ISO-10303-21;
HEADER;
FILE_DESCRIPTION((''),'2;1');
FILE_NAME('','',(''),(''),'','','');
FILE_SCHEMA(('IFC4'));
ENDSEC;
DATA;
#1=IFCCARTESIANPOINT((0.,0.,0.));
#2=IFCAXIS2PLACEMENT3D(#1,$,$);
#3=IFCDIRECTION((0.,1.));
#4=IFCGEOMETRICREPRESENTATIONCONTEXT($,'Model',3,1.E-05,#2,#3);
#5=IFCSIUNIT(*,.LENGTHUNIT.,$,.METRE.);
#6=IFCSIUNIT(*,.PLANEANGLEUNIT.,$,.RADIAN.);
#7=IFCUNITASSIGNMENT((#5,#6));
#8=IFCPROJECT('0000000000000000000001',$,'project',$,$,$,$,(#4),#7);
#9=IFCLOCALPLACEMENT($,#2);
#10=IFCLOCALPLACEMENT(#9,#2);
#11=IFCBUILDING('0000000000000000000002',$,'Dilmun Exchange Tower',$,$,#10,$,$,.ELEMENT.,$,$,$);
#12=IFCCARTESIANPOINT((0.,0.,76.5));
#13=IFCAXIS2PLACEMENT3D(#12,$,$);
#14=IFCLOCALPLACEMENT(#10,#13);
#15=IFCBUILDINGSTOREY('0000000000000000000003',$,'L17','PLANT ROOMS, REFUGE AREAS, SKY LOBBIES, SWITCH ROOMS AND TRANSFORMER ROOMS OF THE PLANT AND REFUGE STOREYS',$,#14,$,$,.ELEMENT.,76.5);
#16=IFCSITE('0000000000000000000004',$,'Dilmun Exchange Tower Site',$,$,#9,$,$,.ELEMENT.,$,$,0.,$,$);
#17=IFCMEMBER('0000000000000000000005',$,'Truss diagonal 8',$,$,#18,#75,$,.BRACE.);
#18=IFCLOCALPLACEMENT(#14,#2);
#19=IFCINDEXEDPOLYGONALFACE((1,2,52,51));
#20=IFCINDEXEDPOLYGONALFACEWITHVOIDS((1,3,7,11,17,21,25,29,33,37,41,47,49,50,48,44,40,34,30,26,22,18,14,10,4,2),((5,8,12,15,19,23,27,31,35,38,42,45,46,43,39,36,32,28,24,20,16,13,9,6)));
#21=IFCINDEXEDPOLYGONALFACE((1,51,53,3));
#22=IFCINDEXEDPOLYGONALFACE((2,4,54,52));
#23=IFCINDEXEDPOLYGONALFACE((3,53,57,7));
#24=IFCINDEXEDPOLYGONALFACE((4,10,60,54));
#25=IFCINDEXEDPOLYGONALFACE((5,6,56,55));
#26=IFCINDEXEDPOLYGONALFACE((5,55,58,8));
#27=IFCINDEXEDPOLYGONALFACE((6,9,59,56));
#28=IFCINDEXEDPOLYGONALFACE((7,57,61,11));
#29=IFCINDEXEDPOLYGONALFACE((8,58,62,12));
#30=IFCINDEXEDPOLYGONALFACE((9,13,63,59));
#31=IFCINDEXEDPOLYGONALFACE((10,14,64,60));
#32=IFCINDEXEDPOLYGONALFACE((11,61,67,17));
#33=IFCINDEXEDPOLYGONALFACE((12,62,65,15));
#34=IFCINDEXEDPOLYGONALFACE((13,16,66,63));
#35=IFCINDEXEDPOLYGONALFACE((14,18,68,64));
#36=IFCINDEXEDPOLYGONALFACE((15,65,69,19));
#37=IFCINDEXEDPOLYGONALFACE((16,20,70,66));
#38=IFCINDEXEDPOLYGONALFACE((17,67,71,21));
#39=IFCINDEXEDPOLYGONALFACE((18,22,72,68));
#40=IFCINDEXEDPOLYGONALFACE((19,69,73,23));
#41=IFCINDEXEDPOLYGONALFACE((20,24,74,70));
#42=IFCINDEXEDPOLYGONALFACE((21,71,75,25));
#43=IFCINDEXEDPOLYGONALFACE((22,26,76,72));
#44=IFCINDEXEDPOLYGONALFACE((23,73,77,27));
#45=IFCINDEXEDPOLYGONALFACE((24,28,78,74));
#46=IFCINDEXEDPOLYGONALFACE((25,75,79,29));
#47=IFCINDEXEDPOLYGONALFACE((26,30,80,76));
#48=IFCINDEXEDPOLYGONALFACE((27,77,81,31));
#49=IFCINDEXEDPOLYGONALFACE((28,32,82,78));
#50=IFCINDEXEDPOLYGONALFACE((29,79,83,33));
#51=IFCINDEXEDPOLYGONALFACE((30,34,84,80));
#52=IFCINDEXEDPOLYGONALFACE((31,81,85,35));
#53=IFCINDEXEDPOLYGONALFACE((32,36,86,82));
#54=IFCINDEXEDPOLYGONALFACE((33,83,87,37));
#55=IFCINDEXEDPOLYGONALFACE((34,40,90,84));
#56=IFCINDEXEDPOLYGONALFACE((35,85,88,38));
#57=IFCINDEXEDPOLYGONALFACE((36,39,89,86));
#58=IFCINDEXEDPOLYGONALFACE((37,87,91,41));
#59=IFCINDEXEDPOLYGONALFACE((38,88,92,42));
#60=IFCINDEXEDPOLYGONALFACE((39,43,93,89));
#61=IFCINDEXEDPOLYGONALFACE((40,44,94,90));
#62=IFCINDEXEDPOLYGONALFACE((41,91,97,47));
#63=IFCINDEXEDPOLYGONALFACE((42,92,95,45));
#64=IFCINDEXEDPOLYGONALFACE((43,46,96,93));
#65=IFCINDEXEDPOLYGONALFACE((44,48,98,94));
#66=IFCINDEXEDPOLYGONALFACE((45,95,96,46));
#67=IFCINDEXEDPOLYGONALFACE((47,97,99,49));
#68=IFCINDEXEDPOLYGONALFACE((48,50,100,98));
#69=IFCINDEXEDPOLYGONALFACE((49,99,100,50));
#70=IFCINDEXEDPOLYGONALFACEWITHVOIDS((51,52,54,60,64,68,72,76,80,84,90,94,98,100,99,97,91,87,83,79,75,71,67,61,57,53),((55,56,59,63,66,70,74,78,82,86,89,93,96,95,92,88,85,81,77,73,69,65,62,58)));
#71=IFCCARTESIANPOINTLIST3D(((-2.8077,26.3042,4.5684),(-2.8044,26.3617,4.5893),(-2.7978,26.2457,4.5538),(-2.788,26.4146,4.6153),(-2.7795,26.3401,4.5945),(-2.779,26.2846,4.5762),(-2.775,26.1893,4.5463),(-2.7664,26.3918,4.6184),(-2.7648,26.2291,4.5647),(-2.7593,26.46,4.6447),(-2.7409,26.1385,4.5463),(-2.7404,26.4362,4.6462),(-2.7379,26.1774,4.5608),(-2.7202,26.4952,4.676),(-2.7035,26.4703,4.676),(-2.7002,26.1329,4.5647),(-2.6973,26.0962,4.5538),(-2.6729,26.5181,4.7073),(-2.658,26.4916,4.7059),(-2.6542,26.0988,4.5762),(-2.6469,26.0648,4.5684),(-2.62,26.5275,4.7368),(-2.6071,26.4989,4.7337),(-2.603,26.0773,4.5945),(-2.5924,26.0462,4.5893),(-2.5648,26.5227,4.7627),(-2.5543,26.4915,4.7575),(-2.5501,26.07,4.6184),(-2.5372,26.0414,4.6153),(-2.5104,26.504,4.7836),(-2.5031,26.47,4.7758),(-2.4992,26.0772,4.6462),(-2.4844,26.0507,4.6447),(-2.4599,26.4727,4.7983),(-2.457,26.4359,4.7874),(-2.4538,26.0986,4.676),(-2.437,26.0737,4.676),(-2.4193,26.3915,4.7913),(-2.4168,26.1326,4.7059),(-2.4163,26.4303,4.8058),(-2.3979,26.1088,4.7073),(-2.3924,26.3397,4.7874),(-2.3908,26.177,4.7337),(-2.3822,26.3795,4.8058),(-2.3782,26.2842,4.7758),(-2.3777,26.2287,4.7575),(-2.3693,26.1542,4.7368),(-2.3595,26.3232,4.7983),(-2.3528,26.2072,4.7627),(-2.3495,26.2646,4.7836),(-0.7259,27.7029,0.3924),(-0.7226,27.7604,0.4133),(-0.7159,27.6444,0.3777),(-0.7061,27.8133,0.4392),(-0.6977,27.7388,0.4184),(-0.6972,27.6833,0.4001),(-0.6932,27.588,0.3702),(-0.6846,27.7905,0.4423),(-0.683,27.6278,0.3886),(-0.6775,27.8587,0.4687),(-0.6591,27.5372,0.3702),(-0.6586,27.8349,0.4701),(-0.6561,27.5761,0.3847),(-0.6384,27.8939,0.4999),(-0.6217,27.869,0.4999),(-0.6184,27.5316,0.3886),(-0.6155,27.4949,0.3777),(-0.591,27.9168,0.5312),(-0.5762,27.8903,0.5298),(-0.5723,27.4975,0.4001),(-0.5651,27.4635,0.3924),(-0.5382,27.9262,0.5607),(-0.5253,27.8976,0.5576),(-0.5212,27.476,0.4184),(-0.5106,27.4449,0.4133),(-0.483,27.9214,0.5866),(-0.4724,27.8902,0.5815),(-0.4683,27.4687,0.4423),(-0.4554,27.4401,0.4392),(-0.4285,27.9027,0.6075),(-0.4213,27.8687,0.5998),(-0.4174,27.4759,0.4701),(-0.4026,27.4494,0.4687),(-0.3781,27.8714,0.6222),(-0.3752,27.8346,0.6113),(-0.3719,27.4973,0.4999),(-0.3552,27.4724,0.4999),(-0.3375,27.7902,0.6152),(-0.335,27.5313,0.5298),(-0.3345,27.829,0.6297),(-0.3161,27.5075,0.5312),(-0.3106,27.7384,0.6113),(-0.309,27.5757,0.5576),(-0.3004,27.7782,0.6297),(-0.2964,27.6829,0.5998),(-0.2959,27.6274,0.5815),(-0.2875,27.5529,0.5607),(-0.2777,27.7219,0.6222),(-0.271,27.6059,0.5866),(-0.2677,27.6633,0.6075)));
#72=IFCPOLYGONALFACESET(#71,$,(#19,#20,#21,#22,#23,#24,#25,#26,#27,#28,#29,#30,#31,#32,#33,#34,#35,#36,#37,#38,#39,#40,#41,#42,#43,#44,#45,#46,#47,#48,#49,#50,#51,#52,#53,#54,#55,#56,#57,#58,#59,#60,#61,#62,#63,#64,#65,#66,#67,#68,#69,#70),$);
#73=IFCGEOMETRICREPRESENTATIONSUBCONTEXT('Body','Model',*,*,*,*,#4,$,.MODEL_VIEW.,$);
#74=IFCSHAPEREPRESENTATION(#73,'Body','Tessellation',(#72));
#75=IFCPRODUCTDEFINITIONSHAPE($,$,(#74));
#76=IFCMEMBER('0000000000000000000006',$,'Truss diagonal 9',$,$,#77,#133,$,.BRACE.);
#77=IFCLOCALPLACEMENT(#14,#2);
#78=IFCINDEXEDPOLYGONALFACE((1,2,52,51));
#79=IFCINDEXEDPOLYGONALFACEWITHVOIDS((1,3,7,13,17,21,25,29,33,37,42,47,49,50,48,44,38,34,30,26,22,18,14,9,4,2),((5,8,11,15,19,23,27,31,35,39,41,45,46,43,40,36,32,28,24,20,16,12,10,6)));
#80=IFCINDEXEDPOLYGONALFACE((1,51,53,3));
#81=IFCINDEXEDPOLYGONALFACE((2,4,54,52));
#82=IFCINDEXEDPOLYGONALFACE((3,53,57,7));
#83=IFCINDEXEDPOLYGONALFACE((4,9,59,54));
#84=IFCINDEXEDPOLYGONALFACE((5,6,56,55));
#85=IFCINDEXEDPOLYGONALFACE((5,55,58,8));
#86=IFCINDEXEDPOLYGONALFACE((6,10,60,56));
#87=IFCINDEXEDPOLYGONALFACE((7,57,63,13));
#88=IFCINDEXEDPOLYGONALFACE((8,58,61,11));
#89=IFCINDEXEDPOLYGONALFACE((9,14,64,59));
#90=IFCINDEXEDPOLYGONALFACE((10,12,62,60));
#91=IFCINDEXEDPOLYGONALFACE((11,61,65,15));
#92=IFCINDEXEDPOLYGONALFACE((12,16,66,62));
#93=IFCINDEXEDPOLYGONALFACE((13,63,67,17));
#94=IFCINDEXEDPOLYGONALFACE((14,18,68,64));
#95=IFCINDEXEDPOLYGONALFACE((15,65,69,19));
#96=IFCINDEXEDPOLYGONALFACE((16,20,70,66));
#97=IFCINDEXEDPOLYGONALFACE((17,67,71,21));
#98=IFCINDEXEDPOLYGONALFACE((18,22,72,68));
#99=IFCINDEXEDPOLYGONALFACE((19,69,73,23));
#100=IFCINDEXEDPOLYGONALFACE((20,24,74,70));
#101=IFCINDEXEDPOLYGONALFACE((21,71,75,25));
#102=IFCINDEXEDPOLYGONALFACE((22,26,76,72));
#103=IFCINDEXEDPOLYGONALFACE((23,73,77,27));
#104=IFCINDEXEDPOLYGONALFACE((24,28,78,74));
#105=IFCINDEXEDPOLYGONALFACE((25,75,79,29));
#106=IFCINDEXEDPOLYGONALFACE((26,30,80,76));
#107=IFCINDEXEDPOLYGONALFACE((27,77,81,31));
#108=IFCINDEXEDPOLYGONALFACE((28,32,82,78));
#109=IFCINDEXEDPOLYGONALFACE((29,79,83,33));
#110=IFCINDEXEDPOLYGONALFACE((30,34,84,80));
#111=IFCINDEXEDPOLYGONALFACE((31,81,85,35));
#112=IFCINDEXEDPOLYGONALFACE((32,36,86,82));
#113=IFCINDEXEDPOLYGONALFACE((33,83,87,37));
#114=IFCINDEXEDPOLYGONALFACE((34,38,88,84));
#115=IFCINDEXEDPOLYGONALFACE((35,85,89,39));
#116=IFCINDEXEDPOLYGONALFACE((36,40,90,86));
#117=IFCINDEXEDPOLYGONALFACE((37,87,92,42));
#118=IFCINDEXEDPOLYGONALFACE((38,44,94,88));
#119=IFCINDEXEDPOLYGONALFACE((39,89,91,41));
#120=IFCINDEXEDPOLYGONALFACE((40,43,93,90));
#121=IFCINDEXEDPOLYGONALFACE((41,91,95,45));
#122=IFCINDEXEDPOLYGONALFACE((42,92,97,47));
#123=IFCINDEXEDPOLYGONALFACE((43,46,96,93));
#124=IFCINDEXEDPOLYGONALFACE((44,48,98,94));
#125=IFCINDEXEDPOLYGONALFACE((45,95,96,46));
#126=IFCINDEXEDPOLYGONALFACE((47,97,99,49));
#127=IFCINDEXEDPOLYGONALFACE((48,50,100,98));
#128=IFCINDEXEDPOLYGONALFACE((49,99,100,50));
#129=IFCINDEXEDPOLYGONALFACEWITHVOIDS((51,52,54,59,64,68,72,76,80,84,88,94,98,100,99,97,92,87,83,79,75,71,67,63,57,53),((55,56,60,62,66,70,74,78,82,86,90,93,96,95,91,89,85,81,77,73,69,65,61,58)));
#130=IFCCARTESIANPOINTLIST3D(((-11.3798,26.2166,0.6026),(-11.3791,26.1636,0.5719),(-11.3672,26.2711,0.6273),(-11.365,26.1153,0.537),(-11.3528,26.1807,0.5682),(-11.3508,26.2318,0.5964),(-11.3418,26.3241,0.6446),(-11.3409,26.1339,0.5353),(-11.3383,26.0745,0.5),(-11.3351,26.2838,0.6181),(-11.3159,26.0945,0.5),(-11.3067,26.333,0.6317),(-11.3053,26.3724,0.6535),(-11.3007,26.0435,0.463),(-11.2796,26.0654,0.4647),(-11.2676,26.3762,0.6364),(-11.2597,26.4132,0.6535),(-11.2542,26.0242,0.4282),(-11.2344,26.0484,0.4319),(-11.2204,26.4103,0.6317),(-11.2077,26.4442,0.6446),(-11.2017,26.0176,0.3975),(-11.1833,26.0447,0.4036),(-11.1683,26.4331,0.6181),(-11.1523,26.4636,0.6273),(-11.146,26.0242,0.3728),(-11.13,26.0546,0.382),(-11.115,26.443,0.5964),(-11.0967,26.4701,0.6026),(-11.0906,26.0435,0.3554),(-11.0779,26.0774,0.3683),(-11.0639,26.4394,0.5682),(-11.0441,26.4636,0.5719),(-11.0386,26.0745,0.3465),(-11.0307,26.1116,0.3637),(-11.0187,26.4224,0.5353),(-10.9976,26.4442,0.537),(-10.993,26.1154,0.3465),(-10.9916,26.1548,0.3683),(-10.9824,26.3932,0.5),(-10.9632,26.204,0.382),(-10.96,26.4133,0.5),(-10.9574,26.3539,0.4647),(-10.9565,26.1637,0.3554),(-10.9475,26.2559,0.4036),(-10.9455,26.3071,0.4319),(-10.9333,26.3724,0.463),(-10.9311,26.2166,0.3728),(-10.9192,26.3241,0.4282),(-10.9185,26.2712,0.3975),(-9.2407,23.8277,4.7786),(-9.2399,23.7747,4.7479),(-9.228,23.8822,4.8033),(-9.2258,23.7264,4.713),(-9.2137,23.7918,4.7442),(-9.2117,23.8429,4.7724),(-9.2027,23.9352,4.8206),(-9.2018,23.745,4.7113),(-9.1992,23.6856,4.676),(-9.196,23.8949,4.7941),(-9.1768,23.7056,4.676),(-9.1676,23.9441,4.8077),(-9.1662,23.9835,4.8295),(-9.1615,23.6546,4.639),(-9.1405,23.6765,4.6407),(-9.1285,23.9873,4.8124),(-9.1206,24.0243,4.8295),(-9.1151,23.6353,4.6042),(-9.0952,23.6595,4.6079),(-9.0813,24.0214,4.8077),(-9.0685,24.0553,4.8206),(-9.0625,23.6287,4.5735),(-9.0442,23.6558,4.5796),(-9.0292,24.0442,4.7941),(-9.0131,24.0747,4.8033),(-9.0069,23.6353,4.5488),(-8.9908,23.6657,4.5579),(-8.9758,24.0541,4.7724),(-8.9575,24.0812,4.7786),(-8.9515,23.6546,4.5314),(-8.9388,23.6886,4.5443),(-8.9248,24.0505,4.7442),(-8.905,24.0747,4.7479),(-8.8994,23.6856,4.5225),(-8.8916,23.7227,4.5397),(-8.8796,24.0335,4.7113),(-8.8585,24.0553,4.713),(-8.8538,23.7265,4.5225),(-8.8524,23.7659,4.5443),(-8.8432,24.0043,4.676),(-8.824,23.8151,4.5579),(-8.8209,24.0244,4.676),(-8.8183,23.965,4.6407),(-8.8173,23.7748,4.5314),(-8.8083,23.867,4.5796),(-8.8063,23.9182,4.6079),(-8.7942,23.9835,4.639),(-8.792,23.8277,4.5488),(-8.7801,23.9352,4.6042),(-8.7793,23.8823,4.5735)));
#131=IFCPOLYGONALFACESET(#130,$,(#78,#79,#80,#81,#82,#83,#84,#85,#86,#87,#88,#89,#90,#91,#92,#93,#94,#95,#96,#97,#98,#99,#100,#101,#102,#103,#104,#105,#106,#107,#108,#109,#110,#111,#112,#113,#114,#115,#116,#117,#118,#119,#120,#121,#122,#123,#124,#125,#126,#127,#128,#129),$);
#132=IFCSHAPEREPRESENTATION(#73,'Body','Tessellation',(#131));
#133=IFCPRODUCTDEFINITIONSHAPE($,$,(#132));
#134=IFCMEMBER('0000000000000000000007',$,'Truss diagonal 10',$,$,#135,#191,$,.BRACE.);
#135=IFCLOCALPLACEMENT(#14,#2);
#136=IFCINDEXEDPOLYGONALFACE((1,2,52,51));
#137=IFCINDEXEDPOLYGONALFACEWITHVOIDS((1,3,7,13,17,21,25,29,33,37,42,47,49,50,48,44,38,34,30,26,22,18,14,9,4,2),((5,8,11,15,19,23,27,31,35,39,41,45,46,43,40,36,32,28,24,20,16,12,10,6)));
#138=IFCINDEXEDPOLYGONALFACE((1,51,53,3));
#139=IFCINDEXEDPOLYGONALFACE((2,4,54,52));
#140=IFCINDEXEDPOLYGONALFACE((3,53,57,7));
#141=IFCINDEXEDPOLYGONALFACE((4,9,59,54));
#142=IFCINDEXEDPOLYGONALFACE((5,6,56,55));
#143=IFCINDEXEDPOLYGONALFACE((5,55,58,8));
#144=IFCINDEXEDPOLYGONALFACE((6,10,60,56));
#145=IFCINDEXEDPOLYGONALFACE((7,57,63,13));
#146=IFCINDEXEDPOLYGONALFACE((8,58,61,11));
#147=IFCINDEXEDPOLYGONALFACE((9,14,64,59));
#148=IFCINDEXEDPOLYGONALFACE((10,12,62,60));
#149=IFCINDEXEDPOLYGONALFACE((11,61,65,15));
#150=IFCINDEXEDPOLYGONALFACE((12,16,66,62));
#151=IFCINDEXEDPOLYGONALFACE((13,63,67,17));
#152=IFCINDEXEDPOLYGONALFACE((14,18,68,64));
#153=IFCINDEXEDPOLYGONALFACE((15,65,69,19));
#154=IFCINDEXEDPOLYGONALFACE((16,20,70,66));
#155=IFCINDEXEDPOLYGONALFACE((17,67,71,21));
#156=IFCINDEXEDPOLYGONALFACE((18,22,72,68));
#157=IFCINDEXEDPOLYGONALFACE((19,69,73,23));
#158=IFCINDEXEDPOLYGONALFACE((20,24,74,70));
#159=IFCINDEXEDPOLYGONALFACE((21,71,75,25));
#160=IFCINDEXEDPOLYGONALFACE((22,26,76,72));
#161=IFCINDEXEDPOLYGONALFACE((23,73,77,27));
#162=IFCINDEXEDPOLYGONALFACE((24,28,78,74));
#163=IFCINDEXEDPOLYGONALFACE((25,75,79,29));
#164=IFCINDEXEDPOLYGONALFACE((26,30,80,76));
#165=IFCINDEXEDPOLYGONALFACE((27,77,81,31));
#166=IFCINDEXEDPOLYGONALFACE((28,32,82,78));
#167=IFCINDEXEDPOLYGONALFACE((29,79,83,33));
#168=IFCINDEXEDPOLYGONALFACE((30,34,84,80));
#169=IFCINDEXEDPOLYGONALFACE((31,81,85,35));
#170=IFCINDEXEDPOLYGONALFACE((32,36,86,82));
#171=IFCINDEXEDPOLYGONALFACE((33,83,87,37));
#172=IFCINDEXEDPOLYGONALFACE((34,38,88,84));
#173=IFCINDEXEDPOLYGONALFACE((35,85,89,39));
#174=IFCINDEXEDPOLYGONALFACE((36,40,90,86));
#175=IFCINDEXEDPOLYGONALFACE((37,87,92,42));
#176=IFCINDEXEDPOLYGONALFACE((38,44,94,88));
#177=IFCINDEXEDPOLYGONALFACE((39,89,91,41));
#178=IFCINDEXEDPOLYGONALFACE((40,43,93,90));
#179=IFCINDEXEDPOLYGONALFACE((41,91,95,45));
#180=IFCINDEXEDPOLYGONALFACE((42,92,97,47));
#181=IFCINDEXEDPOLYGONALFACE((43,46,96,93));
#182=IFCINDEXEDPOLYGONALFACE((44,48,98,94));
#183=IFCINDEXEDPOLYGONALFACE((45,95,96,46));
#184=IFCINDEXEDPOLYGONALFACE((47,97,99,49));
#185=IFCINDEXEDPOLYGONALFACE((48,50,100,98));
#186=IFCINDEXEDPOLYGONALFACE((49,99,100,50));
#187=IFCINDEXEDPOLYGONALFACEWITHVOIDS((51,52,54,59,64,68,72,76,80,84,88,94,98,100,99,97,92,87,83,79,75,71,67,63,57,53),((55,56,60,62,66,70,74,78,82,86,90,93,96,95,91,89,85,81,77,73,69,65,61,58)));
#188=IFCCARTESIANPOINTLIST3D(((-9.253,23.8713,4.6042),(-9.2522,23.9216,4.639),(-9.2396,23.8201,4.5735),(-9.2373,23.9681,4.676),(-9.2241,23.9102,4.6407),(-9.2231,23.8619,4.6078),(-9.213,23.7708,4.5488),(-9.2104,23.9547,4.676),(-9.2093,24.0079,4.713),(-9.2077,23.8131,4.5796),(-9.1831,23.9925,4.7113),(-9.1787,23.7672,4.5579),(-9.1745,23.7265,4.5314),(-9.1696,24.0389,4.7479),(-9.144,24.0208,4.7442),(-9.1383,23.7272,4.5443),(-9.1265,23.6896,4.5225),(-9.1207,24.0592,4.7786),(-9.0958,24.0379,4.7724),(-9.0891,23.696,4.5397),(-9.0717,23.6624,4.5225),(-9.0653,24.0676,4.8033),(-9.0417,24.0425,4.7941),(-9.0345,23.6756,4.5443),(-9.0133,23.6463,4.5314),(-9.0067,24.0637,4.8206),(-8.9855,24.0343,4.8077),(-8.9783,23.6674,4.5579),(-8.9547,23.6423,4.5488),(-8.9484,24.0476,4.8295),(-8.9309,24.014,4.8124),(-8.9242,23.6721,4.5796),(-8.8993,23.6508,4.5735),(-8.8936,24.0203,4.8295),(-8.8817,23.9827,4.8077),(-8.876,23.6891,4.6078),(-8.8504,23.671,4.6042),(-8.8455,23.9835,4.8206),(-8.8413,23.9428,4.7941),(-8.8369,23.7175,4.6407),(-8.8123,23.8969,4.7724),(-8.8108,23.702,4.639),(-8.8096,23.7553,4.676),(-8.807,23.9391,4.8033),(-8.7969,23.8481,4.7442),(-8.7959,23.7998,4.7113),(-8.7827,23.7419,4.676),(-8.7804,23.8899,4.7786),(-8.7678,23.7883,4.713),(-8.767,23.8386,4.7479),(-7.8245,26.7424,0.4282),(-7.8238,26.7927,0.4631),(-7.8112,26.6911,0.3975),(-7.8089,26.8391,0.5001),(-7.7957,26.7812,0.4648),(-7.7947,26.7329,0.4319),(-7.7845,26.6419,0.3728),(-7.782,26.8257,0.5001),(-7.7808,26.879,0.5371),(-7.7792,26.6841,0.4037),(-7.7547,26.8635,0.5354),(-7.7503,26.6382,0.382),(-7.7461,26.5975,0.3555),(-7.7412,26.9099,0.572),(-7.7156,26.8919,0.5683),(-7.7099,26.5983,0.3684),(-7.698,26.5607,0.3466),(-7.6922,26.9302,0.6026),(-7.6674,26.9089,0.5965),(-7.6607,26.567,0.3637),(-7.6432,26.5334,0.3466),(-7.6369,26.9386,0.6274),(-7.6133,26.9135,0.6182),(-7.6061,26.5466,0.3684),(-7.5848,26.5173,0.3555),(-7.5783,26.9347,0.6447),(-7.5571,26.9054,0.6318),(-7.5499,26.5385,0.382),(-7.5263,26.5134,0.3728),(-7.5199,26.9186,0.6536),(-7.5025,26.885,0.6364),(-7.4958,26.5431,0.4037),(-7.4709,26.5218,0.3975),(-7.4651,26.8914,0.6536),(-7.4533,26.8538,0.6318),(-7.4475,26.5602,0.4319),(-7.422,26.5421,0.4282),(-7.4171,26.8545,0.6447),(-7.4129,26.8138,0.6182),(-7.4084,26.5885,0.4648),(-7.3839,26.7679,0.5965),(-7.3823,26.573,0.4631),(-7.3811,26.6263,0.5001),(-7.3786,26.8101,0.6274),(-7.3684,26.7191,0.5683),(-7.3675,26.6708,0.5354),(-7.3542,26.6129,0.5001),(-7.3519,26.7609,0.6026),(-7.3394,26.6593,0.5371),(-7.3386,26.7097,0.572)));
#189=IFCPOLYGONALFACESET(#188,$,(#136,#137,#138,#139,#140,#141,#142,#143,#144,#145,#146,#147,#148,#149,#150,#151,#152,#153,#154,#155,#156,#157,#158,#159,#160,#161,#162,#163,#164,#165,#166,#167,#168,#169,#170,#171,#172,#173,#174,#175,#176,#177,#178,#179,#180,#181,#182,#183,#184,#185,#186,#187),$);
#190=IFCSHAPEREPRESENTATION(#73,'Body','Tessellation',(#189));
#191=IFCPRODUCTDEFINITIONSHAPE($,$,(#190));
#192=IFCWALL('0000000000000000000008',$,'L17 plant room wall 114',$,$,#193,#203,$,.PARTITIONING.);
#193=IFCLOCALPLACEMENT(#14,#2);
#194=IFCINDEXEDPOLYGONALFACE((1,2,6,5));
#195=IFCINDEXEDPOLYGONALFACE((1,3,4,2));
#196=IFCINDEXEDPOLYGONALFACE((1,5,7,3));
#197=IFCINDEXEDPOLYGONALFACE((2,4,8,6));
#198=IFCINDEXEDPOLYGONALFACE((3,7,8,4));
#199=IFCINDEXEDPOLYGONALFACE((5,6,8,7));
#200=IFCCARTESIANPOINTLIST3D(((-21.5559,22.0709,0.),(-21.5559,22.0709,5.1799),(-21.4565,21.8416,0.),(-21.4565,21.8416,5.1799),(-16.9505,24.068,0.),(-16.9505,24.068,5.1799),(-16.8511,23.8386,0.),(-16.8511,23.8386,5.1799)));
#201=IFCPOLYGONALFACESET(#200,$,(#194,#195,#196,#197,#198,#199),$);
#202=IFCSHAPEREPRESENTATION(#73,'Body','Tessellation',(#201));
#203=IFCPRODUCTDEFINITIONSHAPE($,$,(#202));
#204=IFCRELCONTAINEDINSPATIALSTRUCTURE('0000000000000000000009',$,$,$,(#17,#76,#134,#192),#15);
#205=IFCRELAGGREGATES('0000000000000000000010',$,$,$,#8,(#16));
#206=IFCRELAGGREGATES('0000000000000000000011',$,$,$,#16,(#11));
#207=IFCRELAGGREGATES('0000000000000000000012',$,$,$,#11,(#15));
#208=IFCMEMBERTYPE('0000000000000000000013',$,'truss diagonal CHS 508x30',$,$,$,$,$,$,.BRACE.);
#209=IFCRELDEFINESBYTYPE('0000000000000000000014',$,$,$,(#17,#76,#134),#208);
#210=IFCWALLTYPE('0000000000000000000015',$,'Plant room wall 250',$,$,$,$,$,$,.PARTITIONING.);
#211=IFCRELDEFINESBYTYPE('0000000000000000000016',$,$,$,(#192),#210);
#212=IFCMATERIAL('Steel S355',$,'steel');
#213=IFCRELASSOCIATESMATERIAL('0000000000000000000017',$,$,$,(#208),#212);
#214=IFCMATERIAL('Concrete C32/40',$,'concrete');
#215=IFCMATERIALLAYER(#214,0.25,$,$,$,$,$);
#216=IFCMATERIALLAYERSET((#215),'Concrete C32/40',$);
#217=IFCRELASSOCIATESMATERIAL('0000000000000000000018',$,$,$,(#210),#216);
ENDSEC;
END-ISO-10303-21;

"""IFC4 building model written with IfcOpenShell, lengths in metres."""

from ifc_helpers import new_model, si_unit, direction, frame, frame_2d, origin, origin_2d, place, context, subcontext, project, spatial, rectangle, hollow_circle, extrude, material, layer, layer_set, material_profile, profile_set, type_object, element, save


model = new_model("IFC4")

# Units and contexts
model_context = context("Model", 3, precision=1e-05, world=origin(), true_north=direction((0.0, 1.0)))
body_context = subcontext(model_context, "Body", "Model", "MODEL_VIEW")
ifc_project = project(units=[si_unit("LENGTHUNIT", "METRE"), si_unit("PLANEANGLEUNIT", "RADIAN")], contexts=[model_context])

# Site, building, storey
site_placement = place(None, origin())
site = spatial("IfcSite", under=ifc_project, at=site_placement, Name="Dilmun Exchange Tower Site", CompositionType="ELEMENT", RefElevation=0.0)
building_placement = place(site_placement, origin())
building = spatial("IfcBuilding", under=site, at=building_placement, Name="Dilmun Exchange Tower", CompositionType="ELEMENT")
storey_placement = place(building_placement, frame((0.0, 0.0, 76.5)))
storey = spatial("IfcBuildingStorey", under=building, at=storey_placement, Name="L17", Description="PLANT ROOMS, REFUGE AREAS, SKY LOBBIES, SWITCH ROOMS AND TRANSFORMER ROOMS OF THE PLANT AND REFUGE STOREYS", CompositionType="ELEMENT", Elevation=76.5)

# Shared definitions
ifc_material_1 = material(Name="Steel S355", Category="steel")

# Members
ifc_material_profile_1 = material_profile(ifc_material_1, hollow_circle(Radius=0.2539, WallThickness=0.03, at=origin_2d()), Name="CHS 508x30")
ifc_profile_set_1 = profile_set([ifc_material_profile_1], Name="Steel S355")
member_type = type_object("IfcMemberType", Name="truss diagonal CHS 508x30", PredefinedType="BRACE", material=ifc_profile_set_1)
member_1_placement = place(storey_placement, frame((-2.5786, 26.2844, 4.676), z_axis=(0.42736, 0.287128, -0.857275), x_axis=(-0.557684, 0.830053, 0.0)))
element("IfcMember", 1, at=member_1_placement, inside=storey, type_object=member_type, Name="Truss diagonal 8", PredefinedType="BRACE", context=body_context, shape_type="SweptSolid", body=[
    extrude(hollow_circle(Radius=0.2539, WallThickness=0.03, at=origin_2d()), origin(), (0.0, 0.0, 1.0), 4.8713),
])
for number, where, z_axis, x_axis, name in (
    (2, (-9.01, 23.855, 4.676), (-0.406284, 0.45372, -0.79314), (-0.744976, -0.667091, 0.0), "Truss diagonal 9"),
    (3, (-9.01, 23.855, 4.676), (0.271301, 0.545291, -0.793129), (-0.895309, 0.445446, 0.0), "Truss diagonal 10"),
):
    element("IfcMember", number, at=place(storey_placement, frame(where, z_axis=z_axis, x_axis=x_axis)), inside=storey, type_object=member_type, Name=name, PredefinedType="BRACE", context=body_context, shape_type="SweptSolid", body=[
        extrude(hollow_circle(Radius=0.2539, WallThickness=0.03, at=origin_2d()), origin(), (0.0, 0.0, 1.0), 5.2651),
    ])

# Wall
ifc_material_2 = material(Name="Concrete C32/40", Category="concrete")
ifc_layer_1 = layer(ifc_material_2, 0.25)
ifc_layer_set_1 = layer_set([ifc_layer_1], Name="Concrete C32/40")
wall_type = type_object("IfcWallType", Name="Plant room wall 250", PredefinedType="PARTITIONING", material=ifc_layer_set_1)
wall_1_placement = place(storey_placement, frame((-21.5061, 21.9563, 0.0), z_axis=(0.0, 0.0, 1.0), x_axis=(0.917456, 0.397837, 0.0)))
element("IfcWall", 4, at=wall_1_placement, inside=storey, type_object=wall_type, Name="L17 plant room wall 114", PredefinedType="PARTITIONING", context=body_context, shape_type="SweptSolid", body=[
    extrude(rectangle(XDim=5.0198, YDim=0.25, at=frame_2d((2.5098, 0.0))), origin(), (0.0, 0.0, 1.0), 5.1799),
])

save(model, "model.ifc")
